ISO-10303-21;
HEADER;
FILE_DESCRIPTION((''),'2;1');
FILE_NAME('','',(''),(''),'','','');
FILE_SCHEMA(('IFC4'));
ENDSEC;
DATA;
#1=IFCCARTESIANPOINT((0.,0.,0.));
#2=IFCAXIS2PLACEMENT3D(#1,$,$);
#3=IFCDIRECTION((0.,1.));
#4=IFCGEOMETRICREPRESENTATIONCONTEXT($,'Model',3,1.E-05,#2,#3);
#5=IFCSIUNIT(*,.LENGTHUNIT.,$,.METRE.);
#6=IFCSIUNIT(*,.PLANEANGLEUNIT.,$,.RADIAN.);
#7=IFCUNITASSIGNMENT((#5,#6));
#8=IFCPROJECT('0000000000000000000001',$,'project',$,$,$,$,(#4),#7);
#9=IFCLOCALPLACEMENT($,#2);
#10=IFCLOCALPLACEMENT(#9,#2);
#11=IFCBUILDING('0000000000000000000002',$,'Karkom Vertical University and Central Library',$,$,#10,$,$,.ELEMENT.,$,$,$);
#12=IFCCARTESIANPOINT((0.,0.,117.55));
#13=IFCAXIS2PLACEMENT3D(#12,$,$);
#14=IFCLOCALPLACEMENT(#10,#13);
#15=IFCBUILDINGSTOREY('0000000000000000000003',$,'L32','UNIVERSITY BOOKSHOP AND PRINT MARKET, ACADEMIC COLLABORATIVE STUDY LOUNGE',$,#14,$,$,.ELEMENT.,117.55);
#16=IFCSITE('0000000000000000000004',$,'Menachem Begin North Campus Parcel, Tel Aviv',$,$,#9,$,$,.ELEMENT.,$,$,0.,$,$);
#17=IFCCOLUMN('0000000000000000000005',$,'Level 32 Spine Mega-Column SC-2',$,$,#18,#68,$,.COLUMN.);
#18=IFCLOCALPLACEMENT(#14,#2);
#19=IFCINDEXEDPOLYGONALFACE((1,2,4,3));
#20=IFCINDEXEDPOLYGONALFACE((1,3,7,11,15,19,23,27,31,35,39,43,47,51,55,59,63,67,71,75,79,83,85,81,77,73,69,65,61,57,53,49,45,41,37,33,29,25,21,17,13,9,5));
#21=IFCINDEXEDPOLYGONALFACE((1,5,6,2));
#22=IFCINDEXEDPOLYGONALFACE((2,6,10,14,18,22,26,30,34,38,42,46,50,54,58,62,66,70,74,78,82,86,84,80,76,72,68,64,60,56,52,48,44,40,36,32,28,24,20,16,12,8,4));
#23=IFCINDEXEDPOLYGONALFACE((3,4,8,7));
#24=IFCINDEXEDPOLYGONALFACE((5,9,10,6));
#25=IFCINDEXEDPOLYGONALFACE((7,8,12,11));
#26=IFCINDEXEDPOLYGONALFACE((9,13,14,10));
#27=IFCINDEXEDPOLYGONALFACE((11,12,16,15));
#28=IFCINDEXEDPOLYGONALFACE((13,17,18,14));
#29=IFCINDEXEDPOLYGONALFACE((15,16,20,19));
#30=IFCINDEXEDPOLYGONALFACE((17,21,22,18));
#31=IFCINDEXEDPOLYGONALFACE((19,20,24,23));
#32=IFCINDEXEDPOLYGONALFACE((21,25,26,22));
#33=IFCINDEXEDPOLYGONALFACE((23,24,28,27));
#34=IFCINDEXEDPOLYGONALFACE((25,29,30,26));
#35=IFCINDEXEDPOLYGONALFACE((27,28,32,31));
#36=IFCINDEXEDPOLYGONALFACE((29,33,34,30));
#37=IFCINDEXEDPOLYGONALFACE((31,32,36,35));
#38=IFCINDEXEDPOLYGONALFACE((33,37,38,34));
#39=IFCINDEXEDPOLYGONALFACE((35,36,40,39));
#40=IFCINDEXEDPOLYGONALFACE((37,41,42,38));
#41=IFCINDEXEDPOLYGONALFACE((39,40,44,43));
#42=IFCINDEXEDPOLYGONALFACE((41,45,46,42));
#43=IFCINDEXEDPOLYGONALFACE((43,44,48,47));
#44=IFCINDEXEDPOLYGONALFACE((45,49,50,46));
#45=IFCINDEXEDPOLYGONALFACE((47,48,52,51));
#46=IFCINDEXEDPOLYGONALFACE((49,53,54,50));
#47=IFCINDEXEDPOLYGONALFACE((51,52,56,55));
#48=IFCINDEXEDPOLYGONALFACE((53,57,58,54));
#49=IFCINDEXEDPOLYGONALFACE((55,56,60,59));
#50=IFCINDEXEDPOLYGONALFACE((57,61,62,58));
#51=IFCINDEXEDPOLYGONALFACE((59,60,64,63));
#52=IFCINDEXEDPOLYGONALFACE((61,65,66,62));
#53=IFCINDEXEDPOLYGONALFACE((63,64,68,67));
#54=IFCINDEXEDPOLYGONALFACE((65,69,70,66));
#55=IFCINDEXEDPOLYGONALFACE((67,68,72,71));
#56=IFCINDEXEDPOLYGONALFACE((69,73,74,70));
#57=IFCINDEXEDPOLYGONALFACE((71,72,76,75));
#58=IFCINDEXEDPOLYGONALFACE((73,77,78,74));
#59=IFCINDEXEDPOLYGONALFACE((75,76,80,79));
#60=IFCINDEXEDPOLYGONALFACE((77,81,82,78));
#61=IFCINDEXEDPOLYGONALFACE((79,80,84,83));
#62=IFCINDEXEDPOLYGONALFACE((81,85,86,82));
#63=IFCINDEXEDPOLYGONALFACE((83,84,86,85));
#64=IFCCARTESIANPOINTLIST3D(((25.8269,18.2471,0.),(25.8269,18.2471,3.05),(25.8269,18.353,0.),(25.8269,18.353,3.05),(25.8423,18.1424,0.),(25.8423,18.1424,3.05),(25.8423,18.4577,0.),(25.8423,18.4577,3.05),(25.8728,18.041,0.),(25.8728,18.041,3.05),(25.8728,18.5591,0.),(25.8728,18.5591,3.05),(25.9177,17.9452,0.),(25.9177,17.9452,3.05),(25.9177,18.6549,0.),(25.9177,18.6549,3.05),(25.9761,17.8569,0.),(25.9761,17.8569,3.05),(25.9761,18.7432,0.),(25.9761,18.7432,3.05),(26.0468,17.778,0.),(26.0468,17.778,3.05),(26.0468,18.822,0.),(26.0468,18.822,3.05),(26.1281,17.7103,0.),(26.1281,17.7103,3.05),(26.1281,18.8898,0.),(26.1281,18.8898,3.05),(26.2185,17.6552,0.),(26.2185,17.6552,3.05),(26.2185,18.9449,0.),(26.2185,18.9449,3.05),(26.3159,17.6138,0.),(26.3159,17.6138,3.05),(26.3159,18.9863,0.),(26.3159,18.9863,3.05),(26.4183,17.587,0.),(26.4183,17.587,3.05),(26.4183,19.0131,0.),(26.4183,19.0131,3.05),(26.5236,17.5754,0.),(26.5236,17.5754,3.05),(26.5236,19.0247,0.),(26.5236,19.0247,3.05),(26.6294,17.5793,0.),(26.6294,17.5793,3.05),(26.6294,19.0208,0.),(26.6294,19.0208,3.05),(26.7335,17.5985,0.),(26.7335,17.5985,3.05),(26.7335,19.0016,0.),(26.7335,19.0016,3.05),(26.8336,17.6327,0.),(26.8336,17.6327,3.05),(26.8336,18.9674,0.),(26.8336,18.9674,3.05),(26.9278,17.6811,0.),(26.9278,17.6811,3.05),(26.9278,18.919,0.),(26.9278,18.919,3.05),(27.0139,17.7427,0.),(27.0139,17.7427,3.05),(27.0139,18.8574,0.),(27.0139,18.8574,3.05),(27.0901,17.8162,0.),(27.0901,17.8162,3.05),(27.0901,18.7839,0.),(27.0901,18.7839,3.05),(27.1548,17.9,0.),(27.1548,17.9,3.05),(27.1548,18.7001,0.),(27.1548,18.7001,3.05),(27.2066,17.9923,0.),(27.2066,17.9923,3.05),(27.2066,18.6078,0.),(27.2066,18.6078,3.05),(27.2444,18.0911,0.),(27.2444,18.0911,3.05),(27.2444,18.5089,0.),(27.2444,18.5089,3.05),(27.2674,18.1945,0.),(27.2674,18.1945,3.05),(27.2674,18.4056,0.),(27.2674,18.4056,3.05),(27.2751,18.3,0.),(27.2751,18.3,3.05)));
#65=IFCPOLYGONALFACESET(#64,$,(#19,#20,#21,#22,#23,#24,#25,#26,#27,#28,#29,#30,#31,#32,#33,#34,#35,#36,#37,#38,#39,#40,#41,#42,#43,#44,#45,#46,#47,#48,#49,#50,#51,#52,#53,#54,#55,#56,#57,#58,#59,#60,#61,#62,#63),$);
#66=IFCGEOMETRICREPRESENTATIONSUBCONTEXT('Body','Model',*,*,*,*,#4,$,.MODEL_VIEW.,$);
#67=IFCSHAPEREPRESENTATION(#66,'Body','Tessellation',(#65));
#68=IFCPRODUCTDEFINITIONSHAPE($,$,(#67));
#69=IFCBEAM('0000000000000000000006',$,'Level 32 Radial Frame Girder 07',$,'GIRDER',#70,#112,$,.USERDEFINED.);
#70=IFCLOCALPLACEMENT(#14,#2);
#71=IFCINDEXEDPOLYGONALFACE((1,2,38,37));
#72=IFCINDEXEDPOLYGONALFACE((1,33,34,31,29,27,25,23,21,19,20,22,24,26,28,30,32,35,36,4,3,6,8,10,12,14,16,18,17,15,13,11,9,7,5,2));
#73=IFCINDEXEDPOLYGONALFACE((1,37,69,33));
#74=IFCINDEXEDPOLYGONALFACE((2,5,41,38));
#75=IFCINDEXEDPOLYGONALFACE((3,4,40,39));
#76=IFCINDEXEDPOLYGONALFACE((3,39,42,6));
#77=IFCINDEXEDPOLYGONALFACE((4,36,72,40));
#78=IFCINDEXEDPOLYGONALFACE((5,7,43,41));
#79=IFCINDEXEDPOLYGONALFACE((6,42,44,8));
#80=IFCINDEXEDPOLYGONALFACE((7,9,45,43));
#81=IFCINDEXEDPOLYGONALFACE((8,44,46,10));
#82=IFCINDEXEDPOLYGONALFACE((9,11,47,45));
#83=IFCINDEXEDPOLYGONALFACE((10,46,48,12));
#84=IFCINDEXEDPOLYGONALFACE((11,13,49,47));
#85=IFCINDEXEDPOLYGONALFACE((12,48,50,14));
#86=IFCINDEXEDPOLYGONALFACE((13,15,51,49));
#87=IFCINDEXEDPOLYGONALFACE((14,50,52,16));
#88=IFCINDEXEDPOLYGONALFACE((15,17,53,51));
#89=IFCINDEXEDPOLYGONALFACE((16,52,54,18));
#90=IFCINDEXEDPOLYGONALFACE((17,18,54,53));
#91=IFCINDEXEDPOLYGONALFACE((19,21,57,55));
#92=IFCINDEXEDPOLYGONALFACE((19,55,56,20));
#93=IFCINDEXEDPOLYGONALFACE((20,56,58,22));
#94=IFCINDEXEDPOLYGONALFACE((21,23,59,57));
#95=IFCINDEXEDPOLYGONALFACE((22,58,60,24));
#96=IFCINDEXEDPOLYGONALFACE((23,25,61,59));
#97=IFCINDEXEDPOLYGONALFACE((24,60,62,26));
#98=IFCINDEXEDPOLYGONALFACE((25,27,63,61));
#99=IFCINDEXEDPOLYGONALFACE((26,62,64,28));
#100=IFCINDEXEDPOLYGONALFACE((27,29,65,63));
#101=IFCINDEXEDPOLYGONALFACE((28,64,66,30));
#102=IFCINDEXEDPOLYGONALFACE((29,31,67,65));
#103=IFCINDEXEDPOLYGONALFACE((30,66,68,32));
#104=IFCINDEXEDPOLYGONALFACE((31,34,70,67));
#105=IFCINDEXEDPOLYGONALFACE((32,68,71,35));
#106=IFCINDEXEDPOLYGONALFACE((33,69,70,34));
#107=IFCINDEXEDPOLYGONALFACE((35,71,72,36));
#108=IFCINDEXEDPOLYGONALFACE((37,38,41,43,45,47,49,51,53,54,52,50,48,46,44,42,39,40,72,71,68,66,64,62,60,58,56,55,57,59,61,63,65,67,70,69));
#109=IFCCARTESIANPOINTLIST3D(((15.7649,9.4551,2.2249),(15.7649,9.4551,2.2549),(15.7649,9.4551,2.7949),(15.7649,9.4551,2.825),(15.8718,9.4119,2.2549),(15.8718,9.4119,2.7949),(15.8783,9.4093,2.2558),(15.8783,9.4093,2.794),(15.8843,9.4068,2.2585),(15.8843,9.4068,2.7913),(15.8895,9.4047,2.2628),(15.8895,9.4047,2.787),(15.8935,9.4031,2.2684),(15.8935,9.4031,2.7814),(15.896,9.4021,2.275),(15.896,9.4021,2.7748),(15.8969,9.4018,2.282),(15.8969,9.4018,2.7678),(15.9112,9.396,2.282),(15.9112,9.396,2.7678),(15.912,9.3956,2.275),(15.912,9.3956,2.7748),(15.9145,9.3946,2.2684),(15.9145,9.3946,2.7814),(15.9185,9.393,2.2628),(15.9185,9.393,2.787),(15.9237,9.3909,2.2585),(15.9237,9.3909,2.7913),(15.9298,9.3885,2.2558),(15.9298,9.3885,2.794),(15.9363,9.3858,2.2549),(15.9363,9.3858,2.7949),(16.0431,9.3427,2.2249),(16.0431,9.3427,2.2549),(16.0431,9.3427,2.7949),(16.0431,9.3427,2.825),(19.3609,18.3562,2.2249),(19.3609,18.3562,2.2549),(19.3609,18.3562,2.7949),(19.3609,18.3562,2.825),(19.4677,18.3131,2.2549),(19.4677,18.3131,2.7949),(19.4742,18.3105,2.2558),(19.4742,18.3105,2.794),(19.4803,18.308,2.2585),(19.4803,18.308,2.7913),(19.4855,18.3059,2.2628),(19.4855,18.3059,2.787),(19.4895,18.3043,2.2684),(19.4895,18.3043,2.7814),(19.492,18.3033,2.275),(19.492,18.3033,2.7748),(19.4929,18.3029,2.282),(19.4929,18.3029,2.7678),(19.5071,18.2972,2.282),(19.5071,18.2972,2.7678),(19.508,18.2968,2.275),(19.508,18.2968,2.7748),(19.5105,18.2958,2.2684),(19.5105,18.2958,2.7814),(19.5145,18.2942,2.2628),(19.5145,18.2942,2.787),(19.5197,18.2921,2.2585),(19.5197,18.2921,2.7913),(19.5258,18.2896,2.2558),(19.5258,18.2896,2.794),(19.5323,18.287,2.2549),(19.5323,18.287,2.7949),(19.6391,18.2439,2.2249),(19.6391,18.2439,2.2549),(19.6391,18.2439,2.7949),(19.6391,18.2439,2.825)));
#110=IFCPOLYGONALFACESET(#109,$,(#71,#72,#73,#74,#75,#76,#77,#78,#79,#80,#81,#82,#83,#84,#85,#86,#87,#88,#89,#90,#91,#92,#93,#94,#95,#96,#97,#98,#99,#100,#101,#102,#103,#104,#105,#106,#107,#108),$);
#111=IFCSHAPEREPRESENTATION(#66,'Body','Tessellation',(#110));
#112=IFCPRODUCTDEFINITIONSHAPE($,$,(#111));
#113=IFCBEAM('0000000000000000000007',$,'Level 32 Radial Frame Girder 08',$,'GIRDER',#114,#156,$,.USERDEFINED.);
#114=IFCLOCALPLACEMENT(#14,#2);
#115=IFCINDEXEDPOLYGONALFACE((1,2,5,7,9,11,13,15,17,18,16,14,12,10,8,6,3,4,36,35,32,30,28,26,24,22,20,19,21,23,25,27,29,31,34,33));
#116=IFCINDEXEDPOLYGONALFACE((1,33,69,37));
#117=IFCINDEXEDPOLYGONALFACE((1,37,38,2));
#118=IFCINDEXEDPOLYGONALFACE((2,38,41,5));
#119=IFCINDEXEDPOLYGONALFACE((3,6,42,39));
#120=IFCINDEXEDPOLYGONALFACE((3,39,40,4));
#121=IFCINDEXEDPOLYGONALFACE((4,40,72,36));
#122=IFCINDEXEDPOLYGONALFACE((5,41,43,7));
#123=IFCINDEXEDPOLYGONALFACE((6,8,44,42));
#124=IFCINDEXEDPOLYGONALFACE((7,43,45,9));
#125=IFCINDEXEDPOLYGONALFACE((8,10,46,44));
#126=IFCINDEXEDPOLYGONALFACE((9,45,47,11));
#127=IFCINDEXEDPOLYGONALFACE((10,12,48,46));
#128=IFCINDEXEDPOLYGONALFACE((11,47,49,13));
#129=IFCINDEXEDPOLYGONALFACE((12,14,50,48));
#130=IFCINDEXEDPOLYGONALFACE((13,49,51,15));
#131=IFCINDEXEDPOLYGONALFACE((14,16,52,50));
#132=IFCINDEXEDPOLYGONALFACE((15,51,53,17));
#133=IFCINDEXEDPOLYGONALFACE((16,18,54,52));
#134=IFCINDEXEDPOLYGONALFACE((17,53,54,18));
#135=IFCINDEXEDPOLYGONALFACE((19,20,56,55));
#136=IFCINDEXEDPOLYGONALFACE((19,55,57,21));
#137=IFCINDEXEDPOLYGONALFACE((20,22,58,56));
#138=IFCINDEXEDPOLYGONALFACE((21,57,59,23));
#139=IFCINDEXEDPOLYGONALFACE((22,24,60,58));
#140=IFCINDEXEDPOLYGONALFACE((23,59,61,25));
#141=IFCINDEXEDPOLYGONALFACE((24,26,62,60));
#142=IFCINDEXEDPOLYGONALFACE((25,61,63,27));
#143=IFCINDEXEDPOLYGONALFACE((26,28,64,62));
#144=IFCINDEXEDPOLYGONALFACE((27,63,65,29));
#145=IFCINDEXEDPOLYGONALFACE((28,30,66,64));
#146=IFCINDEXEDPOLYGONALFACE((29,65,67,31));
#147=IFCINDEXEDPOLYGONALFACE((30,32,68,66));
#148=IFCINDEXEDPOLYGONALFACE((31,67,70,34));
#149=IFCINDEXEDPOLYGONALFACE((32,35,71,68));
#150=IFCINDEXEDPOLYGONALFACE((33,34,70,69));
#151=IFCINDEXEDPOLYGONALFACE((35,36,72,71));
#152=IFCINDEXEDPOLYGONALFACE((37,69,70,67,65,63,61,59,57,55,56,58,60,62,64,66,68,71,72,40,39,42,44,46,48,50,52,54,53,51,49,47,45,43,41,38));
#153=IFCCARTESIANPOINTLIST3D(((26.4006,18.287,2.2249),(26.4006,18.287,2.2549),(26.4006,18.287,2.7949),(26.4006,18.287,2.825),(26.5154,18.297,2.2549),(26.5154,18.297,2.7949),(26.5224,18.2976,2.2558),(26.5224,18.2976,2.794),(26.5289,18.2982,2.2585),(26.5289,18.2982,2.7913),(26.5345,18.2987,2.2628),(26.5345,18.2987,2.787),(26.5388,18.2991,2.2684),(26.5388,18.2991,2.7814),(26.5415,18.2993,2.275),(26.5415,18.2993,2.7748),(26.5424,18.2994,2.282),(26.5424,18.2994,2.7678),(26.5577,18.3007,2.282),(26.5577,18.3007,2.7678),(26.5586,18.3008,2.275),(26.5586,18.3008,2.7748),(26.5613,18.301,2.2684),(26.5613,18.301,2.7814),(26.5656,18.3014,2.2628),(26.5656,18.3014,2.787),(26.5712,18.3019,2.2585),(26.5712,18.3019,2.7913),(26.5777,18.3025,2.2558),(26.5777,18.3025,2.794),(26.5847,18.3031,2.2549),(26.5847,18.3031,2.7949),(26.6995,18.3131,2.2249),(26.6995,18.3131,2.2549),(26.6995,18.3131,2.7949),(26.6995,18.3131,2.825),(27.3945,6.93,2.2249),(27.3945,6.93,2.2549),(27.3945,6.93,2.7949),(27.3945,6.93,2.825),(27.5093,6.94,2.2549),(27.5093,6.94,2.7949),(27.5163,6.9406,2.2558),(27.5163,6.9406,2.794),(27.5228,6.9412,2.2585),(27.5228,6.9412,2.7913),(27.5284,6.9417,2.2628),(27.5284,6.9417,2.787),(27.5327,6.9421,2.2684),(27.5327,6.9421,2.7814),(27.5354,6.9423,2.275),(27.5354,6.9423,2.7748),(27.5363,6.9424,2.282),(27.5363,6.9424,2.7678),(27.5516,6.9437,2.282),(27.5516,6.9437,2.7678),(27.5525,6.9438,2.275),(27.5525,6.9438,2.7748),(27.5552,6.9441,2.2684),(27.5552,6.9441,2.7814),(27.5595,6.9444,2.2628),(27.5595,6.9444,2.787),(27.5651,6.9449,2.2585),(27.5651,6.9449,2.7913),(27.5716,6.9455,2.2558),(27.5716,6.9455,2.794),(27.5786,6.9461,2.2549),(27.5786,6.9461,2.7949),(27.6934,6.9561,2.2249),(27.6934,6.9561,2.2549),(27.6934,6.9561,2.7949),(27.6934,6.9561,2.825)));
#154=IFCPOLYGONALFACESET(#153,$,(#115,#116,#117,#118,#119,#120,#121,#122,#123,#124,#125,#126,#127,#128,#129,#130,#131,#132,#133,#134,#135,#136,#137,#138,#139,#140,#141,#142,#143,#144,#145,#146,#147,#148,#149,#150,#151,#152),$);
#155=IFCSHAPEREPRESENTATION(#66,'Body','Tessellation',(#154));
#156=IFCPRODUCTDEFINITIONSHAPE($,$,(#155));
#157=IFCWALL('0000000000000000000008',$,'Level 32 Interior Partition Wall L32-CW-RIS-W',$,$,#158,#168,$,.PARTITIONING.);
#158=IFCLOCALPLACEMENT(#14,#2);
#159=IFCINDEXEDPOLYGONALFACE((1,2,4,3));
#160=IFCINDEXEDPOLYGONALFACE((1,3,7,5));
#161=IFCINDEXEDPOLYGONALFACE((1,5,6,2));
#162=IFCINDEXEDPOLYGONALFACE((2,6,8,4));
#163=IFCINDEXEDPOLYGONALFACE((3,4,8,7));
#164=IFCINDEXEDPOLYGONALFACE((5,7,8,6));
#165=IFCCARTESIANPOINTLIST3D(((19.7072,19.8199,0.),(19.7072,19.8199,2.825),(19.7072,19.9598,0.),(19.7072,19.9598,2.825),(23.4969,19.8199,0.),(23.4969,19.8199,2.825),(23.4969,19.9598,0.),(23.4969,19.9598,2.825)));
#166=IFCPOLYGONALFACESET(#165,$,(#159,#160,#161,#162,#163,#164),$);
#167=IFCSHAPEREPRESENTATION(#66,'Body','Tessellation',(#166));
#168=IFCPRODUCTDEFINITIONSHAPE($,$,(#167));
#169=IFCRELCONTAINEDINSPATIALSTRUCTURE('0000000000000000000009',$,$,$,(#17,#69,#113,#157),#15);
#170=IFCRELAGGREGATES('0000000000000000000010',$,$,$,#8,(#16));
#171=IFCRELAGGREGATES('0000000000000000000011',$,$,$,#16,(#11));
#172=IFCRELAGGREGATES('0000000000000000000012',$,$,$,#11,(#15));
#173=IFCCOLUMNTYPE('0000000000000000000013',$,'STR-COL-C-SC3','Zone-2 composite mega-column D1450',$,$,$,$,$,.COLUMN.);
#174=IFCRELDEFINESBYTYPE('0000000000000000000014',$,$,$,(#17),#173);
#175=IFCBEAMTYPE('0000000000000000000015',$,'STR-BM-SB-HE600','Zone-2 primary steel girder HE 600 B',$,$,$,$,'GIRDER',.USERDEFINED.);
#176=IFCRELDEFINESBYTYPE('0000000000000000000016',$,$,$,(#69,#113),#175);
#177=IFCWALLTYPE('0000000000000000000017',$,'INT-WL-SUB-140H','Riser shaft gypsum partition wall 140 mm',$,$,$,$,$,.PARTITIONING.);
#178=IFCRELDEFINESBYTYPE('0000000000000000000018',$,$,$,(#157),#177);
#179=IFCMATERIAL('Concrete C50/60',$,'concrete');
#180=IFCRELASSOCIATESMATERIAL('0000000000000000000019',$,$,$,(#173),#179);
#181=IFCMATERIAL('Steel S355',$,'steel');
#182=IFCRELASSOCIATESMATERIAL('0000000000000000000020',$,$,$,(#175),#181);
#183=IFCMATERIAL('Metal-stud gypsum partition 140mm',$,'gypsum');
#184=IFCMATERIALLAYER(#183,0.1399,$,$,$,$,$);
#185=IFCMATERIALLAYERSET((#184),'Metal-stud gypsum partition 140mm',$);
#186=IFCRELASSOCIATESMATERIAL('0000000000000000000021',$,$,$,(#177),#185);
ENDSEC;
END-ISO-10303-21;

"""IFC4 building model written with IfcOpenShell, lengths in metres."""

from ifc_helpers import new_model, si_unit, direction, frame, frame_2d, origin, origin_with_axes, origin_2d, place, context, subcontext, project, spatial, rectangle, circle, i_section, extrude, source, transform, mapped, material, layer, layer_set, material_profile, profile_set, type_object, element, save


model = new_model("IFC4")

# Units and contexts
model_context = context("Model", 3, precision=1e-05, world=origin(), true_north=direction((0.0, 1.0)))
body_context = subcontext(model_context, "Body", "Model", "MODEL_VIEW")
ifc_project = project(units=[si_unit("LENGTHUNIT", "METRE"), si_unit("PLANEANGLEUNIT", "RADIAN")], contexts=[model_context])

# Site, building, storey
site_placement = place(None, origin())
site = spatial("IfcSite", under=ifc_project, at=site_placement, Name="Menachem Begin North Campus Parcel, Tel Aviv", CompositionType="ELEMENT", RefElevation=0.0)
building_placement = place(site_placement, origin())
building = spatial("IfcBuilding", under=site, at=building_placement, Name="Karkom Vertical University and Central Library", CompositionType="ELEMENT")
storey_placement = place(building_placement, frame((0.0, 0.0, 117.55)))
storey = spatial("IfcBuildingStorey", under=building, at=storey_placement, Name="L32", Description="UNIVERSITY BOOKSHOP AND PRINT MARKET, ACADEMIC COLLABORATIVE STUDY LOUNGE", CompositionType="ELEMENT", Elevation=117.55)

# Column
ifc_material_1 = material(Name="Concrete C50/60", Category="concrete")
ifc_material_profile_1 = material_profile(ifc_material_1, circle(Radius=0.7251, at=origin_2d()), Name="CFT-D1450")
ifc_profile_set_1 = profile_set([ifc_material_profile_1], Name="Concrete C50/60")
column_type = type_object("IfcColumnType", Name="STR-COL-C-SC3", Description="Zone-2 composite mega-column D1450", PredefinedType="COLUMN", material=ifc_profile_set_1)
shared_shape_1 = source(origin_with_axes(), body_context, "Body", "SweptSolid", [
    extrude(circle(Radius=0.7251, at=origin_2d()), origin(), (0.0, 0.0, 1.0), 3.05),
])
column_placement = place(storey_placement, frame((26.55, 18.3, 0.0), z_axis=(0.0, 0.0, 1.0), x_axis=(1.0, 0.0, 0.0)))
element("IfcColumn", 1, at=column_placement, inside=storey, type_object=column_type, Name="Level 32 Spine Mega-Column SC-2", PredefinedType="COLUMN", context=body_context, shape_type="MappedRepresentation", body=[
    mapped(shared_shape_1, transform((0.0, 0.0, 0.0), scale=1.0)),
])

# Beams
ifc_material_2 = material(Name="Steel S355", Category="steel")
ifc_material_profile_2 = material_profile(ifc_material_2, i_section(OverallWidth=0.3, OverallDepth=0.6001, WebThickness=0.0154, FlangeThickness=0.03, FilletRadius=0.0271, at=origin_2d()), Name="HE 600 B")
ifc_profile_set_2 = profile_set([ifc_material_profile_2], Name="Steel S355")
beam_type = type_object("IfcBeamType", Name="STR-BM-SB-HE600", Description="Zone-2 primary steel girder HE 600 B", ElementType="GIRDER", PredefinedType="USERDEFINED", material=ifc_profile_set_2)
shared_shape_2 = source(origin_with_axes(), body_context, "Body", "SweptSolid", [
    extrude(i_section(OverallWidth=0.3, OverallDepth=0.6001, WebThickness=0.0154, FlangeThickness=0.03, FilletRadius=0.0271, at=origin_2d()), origin(), (0.0, 0.0, 1.0), 9.6001),
])
beam_1_placement = place(storey_placement, frame((19.5, 18.3, 2.5249), z_axis=(-0.374576, -0.927196, 0.0), x_axis=(0.927196, -0.374576, 0.0)))
element("IfcBeam", 2, at=beam_1_placement, inside=storey, type_object=beam_type, Name="Level 32 Radial Frame Girder 07", ObjectType="GIRDER", PredefinedType="USERDEFINED", context=body_context, shape_type="MappedRepresentation", body=[
    mapped(shared_shape_2, transform((0.0, 0.0, 0.0), scale=1.0)),
])
shared_shape_3 = source(origin_with_axes(), body_context, "Body", "SweptSolid", [
    extrude(i_section(OverallWidth=0.3, OverallDepth=0.6001, WebThickness=0.0154, FlangeThickness=0.03, FilletRadius=0.0271, at=origin_2d()), origin(), (0.0, 0.0, 1.0), 11.4004),
])
beam_2_placement = place(storey_placement, frame((26.55, 18.3, 2.5249), z_axis=(0.087181, -0.996192, 0.0), x_axis=(0.996192, 0.087181, 0.0)))
element("IfcBeam", 3, at=beam_2_placement, inside=storey, type_object=beam_type, Name="Level 32 Radial Frame Girder 08", ObjectType="GIRDER", PredefinedType="USERDEFINED", context=body_context, shape_type="MappedRepresentation", body=[
    mapped(shared_shape_3, transform((0.0, 0.0, 0.0), scale=1.0)),
])

# Wall
ifc_material_3 = material(Name="Metal-stud gypsum partition 140mm", Category="gypsum")
ifc_layer_1 = layer(ifc_material_3, 0.1399)
ifc_layer_set_1 = layer_set([ifc_layer_1], Name="Metal-stud gypsum partition 140mm")
wall_type_1 = type_object("IfcWallType", Name="INT-WL-SUB-140H", Description="Riser shaft gypsum partition wall 140 mm", PredefinedType="PARTITIONING", material=ifc_layer_set_1)
wall_1_placement = place(storey_placement, frame((19.707, 19.8899, 0.0), z_axis=(0.0, 0.0, 1.0), x_axis=(1.0, 0.0, 0.0)))
element("IfcWall", 4, at=wall_1_placement, inside=storey, type_object=wall_type_1, Name="Level 32 Interior Partition Wall L32-CW-RIS-W", PredefinedType="PARTITIONING", context=body_context, shape_type="SweptSolid", body=[
    extrude(rectangle(XDim=3.7898, YDim=0.1399, at=frame_2d((1.895, 0.0))), origin(), (0.0, 0.0, 1.0), 2.825),
])

save(model, "model.ifc")
